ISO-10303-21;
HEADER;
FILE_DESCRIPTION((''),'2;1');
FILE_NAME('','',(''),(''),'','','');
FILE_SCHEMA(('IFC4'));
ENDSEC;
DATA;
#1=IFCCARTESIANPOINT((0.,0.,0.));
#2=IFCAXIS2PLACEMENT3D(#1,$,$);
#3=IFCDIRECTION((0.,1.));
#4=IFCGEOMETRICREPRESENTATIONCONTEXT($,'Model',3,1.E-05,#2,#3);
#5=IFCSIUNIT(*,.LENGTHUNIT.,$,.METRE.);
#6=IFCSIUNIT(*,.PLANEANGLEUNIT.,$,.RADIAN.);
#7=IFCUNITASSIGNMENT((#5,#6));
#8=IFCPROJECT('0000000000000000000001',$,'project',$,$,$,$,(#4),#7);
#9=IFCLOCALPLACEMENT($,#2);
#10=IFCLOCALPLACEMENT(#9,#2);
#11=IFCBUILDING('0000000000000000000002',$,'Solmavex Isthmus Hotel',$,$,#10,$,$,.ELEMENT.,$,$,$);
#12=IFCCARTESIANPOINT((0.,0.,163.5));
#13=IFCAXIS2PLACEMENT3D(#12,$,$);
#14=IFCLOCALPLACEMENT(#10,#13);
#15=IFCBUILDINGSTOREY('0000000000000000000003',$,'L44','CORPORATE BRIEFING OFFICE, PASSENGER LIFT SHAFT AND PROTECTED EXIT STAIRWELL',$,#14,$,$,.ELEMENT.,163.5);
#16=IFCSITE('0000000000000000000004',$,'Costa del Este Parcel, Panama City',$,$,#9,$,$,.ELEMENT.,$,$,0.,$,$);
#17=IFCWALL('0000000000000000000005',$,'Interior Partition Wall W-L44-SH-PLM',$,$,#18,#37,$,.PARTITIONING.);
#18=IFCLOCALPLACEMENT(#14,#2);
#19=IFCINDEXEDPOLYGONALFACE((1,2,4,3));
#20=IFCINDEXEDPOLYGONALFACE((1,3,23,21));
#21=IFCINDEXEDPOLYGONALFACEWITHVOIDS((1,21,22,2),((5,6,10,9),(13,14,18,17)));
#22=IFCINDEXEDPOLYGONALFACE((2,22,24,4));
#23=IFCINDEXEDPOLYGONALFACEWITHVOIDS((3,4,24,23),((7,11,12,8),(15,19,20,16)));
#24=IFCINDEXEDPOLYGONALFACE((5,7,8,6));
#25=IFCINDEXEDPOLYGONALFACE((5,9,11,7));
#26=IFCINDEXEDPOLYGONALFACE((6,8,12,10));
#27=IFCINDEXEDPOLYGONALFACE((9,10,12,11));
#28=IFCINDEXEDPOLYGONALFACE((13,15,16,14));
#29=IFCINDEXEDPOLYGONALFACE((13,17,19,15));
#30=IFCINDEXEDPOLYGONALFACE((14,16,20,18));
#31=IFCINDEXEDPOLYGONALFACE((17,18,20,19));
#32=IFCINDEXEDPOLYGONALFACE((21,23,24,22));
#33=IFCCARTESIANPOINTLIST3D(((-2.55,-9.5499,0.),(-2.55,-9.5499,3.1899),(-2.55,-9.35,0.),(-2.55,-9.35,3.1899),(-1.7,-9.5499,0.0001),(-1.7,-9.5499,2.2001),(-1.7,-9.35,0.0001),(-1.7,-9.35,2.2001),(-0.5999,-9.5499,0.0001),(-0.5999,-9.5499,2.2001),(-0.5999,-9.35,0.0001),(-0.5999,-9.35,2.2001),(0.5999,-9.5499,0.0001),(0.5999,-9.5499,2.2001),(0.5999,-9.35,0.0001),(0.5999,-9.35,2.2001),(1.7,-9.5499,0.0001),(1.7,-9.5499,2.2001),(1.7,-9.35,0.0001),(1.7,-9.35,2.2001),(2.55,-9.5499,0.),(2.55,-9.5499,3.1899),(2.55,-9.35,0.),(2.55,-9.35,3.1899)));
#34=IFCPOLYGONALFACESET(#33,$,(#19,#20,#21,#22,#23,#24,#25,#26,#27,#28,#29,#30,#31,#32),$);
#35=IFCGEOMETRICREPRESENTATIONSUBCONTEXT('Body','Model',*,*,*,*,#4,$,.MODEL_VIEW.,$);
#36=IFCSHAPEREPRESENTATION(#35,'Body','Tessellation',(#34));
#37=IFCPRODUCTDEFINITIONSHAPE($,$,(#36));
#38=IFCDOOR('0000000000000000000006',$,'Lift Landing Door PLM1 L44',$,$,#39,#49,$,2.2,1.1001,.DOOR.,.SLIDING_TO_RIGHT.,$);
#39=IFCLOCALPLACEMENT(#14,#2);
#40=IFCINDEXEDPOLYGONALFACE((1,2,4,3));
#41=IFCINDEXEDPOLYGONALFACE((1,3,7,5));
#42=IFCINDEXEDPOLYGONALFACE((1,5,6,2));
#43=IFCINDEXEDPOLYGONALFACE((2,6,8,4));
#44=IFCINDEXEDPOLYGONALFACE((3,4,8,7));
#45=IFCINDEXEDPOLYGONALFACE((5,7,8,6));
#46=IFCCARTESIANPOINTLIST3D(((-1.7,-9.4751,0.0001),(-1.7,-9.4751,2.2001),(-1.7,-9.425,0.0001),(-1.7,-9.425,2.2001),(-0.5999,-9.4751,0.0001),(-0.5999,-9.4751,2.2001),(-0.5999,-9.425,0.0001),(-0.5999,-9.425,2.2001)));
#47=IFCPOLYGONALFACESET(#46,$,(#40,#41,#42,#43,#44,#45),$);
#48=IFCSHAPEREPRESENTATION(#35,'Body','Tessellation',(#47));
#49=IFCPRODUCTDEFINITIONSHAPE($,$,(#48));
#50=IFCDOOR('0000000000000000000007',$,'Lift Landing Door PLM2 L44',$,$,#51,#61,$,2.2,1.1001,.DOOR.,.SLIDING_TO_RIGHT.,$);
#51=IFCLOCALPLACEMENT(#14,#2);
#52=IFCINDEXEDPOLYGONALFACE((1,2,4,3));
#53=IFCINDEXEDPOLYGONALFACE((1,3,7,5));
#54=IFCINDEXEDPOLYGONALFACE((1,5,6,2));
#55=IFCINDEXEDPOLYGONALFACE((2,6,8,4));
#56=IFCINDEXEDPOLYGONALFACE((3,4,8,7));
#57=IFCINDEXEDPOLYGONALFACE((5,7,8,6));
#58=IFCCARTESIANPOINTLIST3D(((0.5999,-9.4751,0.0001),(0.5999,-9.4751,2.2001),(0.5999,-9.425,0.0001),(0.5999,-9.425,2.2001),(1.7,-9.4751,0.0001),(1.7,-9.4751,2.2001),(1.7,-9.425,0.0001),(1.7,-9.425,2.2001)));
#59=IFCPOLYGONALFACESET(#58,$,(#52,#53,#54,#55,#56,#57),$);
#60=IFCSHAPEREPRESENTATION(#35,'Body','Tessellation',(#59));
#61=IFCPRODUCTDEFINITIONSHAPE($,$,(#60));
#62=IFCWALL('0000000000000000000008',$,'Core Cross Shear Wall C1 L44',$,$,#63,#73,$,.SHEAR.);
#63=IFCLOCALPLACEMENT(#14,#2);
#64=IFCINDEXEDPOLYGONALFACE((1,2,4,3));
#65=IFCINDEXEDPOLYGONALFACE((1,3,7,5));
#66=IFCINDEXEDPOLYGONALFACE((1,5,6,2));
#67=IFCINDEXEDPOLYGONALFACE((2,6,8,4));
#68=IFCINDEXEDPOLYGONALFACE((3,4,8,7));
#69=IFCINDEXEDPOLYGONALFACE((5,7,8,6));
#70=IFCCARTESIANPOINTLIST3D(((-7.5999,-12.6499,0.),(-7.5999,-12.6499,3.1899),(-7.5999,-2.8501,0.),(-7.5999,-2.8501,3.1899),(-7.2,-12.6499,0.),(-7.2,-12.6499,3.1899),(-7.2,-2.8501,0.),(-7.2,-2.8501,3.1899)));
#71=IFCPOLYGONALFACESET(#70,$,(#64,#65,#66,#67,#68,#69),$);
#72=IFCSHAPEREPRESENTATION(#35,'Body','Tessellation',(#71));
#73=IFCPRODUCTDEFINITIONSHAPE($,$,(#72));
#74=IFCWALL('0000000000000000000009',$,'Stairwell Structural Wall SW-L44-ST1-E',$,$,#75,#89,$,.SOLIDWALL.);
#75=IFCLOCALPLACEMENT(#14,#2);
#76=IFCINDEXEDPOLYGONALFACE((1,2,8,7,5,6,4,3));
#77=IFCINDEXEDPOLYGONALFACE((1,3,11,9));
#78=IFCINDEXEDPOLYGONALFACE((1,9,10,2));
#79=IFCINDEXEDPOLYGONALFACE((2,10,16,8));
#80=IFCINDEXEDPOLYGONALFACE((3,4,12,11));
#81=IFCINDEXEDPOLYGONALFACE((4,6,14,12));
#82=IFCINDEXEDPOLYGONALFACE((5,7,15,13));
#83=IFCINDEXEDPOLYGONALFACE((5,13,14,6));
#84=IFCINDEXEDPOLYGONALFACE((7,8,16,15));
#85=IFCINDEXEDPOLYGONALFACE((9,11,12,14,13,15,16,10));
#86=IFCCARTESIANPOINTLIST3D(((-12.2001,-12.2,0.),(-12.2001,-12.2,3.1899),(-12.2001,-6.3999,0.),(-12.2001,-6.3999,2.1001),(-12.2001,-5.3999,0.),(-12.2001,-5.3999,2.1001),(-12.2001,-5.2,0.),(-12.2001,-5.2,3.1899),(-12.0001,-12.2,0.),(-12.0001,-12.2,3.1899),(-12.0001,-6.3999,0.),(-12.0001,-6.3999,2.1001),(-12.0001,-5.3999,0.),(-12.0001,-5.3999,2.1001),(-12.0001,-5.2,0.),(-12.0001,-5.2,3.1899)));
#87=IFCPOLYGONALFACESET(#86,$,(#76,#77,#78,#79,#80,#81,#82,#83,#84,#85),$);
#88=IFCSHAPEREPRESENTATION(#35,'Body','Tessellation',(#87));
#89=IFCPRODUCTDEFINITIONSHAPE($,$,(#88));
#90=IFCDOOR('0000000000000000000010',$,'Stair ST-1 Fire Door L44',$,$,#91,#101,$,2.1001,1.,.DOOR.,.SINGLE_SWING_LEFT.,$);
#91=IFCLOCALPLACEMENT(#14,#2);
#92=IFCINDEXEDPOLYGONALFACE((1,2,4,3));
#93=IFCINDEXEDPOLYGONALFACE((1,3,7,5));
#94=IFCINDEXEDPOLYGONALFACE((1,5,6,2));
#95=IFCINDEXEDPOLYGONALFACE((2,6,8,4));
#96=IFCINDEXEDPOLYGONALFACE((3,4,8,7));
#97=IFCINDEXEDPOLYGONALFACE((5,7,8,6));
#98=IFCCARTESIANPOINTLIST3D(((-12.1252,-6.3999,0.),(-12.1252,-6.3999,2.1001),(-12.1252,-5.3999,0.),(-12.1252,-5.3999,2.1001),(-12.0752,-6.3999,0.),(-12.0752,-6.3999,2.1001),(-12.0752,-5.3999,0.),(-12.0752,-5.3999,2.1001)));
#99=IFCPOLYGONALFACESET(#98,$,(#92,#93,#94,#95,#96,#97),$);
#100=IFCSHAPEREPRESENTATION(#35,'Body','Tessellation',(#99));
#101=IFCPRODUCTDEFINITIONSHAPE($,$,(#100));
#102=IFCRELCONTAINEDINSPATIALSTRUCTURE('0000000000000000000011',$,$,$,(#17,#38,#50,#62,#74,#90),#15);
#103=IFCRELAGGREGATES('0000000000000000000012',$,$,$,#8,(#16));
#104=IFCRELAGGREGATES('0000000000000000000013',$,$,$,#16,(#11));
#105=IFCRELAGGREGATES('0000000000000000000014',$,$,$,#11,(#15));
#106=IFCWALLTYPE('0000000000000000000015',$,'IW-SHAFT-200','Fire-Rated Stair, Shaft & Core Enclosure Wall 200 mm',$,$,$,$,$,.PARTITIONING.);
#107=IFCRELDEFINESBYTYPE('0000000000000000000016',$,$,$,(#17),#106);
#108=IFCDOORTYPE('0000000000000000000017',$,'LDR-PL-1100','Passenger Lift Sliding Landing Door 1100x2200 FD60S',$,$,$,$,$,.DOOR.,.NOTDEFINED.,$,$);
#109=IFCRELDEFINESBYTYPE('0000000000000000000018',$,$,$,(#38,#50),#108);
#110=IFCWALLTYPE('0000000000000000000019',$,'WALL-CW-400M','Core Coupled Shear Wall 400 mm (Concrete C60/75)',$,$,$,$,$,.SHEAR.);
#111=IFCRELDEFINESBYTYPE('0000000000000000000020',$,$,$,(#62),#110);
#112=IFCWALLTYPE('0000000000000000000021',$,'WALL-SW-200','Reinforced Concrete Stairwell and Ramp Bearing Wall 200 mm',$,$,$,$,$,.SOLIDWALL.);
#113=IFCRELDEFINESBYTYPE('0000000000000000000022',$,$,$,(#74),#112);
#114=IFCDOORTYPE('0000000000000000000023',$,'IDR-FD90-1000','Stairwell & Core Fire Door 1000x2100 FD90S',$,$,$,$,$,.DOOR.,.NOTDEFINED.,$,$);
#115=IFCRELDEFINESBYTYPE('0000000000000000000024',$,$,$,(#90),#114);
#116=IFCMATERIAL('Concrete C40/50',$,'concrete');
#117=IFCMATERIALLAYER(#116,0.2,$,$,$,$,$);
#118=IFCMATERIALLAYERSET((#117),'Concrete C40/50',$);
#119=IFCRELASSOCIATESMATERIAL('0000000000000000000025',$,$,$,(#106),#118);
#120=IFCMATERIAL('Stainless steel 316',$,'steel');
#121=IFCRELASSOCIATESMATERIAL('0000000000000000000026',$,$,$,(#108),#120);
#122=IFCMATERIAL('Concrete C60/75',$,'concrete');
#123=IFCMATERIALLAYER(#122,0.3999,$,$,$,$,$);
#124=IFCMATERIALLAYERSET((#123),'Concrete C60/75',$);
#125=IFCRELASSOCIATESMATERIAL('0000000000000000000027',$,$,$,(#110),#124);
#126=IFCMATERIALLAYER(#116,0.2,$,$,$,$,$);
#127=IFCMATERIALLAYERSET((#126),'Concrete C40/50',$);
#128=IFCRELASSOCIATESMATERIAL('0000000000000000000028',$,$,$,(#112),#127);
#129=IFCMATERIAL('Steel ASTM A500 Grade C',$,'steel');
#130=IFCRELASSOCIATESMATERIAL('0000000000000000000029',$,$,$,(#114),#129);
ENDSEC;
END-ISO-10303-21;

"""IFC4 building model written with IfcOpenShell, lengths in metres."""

from ifc_helpers import new_model, si_unit, direction, frame, frame_2d, origin, place, context, subcontext, project, spatial, rectangle, extrude, material, layer, layer_set, type_object, element, fill, save


model = new_model("IFC4")

# Units and contexts
model_context = context("Model", 3, precision=1e-05, world=origin(), true_north=direction((0.0, 1.0)))
body_context = subcontext(model_context, "Body", "Model", "MODEL_VIEW")
ifc_project = project(units=[si_unit("LENGTHUNIT", "METRE"), si_unit("PLANEANGLEUNIT", "RADIAN")], contexts=[model_context])

# Site, building, storey
site_placement = place(None, origin())
site = spatial("IfcSite", under=ifc_project, at=site_placement, Name="Costa del Este Parcel, Panama City", CompositionType="ELEMENT", RefElevation=0.0)
building_placement = place(site_placement, origin())
building = spatial("IfcBuilding", under=site, at=building_placement, Name="Solmavex Isthmus Hotel", CompositionType="ELEMENT")
storey_placement = place(building_placement, frame((0.0, 0.0, 163.5)))
storey = spatial("IfcBuildingStorey", under=building, at=storey_placement, Name="L44", Description="CORPORATE BRIEFING OFFICE, PASSENGER LIFT SHAFT AND PROTECTED EXIT STAIRWELL", CompositionType="ELEMENT", Elevation=163.5)

# Shared definitions
ifc_material_1 = material(Name="Concrete C60/75", Category="concrete")

# Shared definitions
ifc_material_2 = material(Name="Steel ASTM A500 Grade C", Category="steel")

# Shared definitions
ifc_material_3 = material(Name="Concrete C40/50", Category="concrete")

# Shared definitions
ifc_layer_1 = layer(ifc_material_3, 0.2)
ifc_layer_set_1 = layer_set([ifc_layer_1], Name="Concrete C40/50")
wall_type_1 = type_object("IfcWallType", Name="IW-SHAFT-200", Description="Fire-Rated Stair, Shaft & Core Enclosure Wall 200 mm", PredefinedType="PARTITIONING", material=ifc_layer_set_1)
ifc_material_4 = material(Name="Stainless steel 316", Category="steel")

# Wall, openings, doors
wall_1_placement = place(storey_placement, frame((-2.55, -9.45, 0.0), z_axis=(0.0, 0.0, 1.0), x_axis=(1.0, 0.0, 0.0)))
wall_1 = element("IfcWall", 1, at=wall_1_placement, inside=storey, type_object=wall_type_1, Name="Interior Partition Wall W-L44-SH-PLM", PredefinedType="PARTITIONING", context=body_context, shape_type="SweptSolid", body=[
    extrude(rectangle(XDim=5.1001, YDim=0.2, at=frame_2d((2.55, 0.0))), origin(), (0.0, 0.0, 1.0), 3.1899),
])
opening_1_placement = place(wall_1_placement, frame((0.8501, 0.0, 0.0)))
opening_1 = element("IfcOpeningElement", 2, at=opening_1_placement, cuts=wall_1, PredefinedType="OPENING", context=body_context, shape_type="SweptSolid", body=[
    extrude(rectangle(XDim=1.1001, YDim=2.2, at=frame_2d((0.55, 1.1001))), frame((0.0, 0.1099, 0.0), z_axis=(0.0, -1.0, 0.0), x_axis=(1.0, 0.0, 0.0)), (0.0, 0.0, 1.0), 0.22),
])
opening_2_placement = place(wall_1_placement, frame((3.1499, 0.0, 0.0)))
opening_2 = element("IfcOpeningElement", 3, at=opening_2_placement, cuts=wall_1, PredefinedType="OPENING", context=body_context, shape_type="SweptSolid", body=[
    extrude(rectangle(XDim=1.1001, YDim=2.2, at=frame_2d((0.55, 1.1001))), frame((0.0, 0.1099, 0.0), z_axis=(0.0, -1.0, 0.0), x_axis=(1.0, 0.0, 0.0)), (0.0, 0.0, 1.0), 0.22),
])
door_type_1 = type_object("IfcDoorType", Name="LDR-PL-1100", Description="Passenger Lift Sliding Landing Door 1100x2200 FD60S", OperationType="NOTDEFINED", PredefinedType="DOOR", material=ifc_material_4)
door_1_placement = place(opening_1_placement, origin())
door_1 = element("IfcDoor", 4, at=door_1_placement, inside=storey, type_object=door_type_1, Name="Lift Landing Door PLM1 L44", OperationType="SLIDING_TO_RIGHT", OverallHeight=2.2, OverallWidth=1.1001, PredefinedType="DOOR", context=body_context, shape_type="SweptSolid", body=[
    extrude(rectangle(XDim=1.1001, YDim=2.2, at=frame_2d((0.55, 1.1001))), frame((0.0, 0.0249, 0.0), z_axis=(0.0, -1.0, 0.0), x_axis=(1.0, 0.0, 0.0)), (0.0, 0.0, 1.0), 0.05),
])
fill(opening_1, door_1)
door_2_placement = place(opening_2_placement, origin())
door_2 = element("IfcDoor", 5, at=door_2_placement, inside=storey, type_object=door_type_1, Name="Lift Landing Door PLM2 L44", OperationType="SLIDING_TO_RIGHT", OverallHeight=2.2, OverallWidth=1.1001, PredefinedType="DOOR", context=body_context, shape_type="SweptSolid", body=[
    extrude(rectangle(XDim=1.1001, YDim=2.2, at=frame_2d((0.55, 1.1001))), frame((0.0, 0.0249, 0.0), z_axis=(0.0, -1.0, 0.0), x_axis=(1.0, 0.0, 0.0)), (0.0, 0.0, 1.0), 0.05),
])
fill(opening_2, door_2)

# Wall
ifc_layer_2 = layer(ifc_material_1, 0.3999)
ifc_layer_set_2 = layer_set([ifc_layer_2], Name="Concrete C60/75")
wall_type_2 = type_object("IfcWallType", Name="WALL-CW-400M", Description="Core Coupled Shear Wall 400 mm (Concrete C60/75)", PredefinedType="SHEAR", material=ifc_layer_set_2)
wall_2_placement = place(storey_placement, frame((-7.3999, -12.6499, 0.0), z_axis=(0.0, 0.0, 1.0), x_axis=(0.0, 1.0, 0.0)))
element("IfcWall", 6, at=wall_2_placement, inside=storey, type_object=wall_type_2, Name="Core Cross Shear Wall C1 L44", PredefinedType="SHEAR", context=body_context, shape_type="SweptSolid", body=[
    extrude(rectangle(XDim=9.7998, YDim=0.3999, at=frame_2d((4.8999, 0.0))), origin(), (0.0, 0.0, 1.0), 3.1899),
])

# Wall, opening, door
ifc_layer_3 = layer(ifc_material_3, 0.2)
ifc_layer_set_3 = layer_set([ifc_layer_3], Name="Concrete C40/50")
wall_type_3 = type_object("IfcWallType", Name="WALL-SW-200", Description="Reinforced Concrete Stairwell and Ramp Bearing Wall 200 mm", PredefinedType="SOLIDWALL", material=ifc_layer_set_3)
wall_3_placement = place(storey_placement, frame((-12.1001, -12.2, 0.0), z_axis=(0.0, 0.0, 1.0), x_axis=(0.0, 1.0, 0.0)))
wall_3 = element("IfcWall", 7, at=wall_3_placement, inside=storey, type_object=wall_type_3, Name="Stairwell Structural Wall SW-L44-ST1-E", PredefinedType="SOLIDWALL", context=body_context, shape_type="SweptSolid", body=[
    extrude(rectangle(XDim=7.0, YDim=0.2, at=frame_2d((3.5, 0.0))), origin(), (0.0, 0.0, 1.0), 3.1899),
])
opening_3_placement = place(wall_3_placement, frame((5.8, 0.0, 0.0)))
opening_3 = element("IfcOpeningElement", 8, at=opening_3_placement, cuts=wall_3, PredefinedType="OPENING", context=body_context, shape_type="SweptSolid", body=[
    extrude(rectangle(XDim=1.0, YDim=2.1001, at=frame_2d((0.5, 1.05))), frame((0.0, 0.1099, 0.0), z_axis=(0.0, -1.0, 0.0), x_axis=(1.0, 0.0, 0.0)), (0.0, 0.0, 1.0), 0.22),
])
door_type_2 = type_object("IfcDoorType", Name="IDR-FD90-1000", Description="Stairwell & Core Fire Door 1000x2100 FD90S", OperationType="NOTDEFINED", PredefinedType="DOOR", material=ifc_material_2)
door_3_placement = place(opening_3_placement, frame((1.0, 0.0, 0.0), z_axis=(0.0, 0.0, 1.0), x_axis=(-1.0, 0.0, 0.0)))
door_3 = element("IfcDoor", 9, at=door_3_placement, inside=storey, type_object=door_type_2, Name="Stair ST-1 Fire Door L44", OperationType="SINGLE_SWING_LEFT", OverallHeight=2.1001, OverallWidth=1.0, PredefinedType="DOOR", context=body_context, shape_type="SweptSolid", body=[
    extrude(rectangle(XDim=1.0, YDim=2.1001, at=frame_2d((0.5, 1.05))), frame((0.0, 0.0249, 0.0), z_axis=(0.0, -1.0, 0.0), x_axis=(1.0, 0.0, 0.0)), (0.0, 0.0, 1.0), 0.05),
])
fill(opening_3, door_3)

save(model, "model.ifc")
